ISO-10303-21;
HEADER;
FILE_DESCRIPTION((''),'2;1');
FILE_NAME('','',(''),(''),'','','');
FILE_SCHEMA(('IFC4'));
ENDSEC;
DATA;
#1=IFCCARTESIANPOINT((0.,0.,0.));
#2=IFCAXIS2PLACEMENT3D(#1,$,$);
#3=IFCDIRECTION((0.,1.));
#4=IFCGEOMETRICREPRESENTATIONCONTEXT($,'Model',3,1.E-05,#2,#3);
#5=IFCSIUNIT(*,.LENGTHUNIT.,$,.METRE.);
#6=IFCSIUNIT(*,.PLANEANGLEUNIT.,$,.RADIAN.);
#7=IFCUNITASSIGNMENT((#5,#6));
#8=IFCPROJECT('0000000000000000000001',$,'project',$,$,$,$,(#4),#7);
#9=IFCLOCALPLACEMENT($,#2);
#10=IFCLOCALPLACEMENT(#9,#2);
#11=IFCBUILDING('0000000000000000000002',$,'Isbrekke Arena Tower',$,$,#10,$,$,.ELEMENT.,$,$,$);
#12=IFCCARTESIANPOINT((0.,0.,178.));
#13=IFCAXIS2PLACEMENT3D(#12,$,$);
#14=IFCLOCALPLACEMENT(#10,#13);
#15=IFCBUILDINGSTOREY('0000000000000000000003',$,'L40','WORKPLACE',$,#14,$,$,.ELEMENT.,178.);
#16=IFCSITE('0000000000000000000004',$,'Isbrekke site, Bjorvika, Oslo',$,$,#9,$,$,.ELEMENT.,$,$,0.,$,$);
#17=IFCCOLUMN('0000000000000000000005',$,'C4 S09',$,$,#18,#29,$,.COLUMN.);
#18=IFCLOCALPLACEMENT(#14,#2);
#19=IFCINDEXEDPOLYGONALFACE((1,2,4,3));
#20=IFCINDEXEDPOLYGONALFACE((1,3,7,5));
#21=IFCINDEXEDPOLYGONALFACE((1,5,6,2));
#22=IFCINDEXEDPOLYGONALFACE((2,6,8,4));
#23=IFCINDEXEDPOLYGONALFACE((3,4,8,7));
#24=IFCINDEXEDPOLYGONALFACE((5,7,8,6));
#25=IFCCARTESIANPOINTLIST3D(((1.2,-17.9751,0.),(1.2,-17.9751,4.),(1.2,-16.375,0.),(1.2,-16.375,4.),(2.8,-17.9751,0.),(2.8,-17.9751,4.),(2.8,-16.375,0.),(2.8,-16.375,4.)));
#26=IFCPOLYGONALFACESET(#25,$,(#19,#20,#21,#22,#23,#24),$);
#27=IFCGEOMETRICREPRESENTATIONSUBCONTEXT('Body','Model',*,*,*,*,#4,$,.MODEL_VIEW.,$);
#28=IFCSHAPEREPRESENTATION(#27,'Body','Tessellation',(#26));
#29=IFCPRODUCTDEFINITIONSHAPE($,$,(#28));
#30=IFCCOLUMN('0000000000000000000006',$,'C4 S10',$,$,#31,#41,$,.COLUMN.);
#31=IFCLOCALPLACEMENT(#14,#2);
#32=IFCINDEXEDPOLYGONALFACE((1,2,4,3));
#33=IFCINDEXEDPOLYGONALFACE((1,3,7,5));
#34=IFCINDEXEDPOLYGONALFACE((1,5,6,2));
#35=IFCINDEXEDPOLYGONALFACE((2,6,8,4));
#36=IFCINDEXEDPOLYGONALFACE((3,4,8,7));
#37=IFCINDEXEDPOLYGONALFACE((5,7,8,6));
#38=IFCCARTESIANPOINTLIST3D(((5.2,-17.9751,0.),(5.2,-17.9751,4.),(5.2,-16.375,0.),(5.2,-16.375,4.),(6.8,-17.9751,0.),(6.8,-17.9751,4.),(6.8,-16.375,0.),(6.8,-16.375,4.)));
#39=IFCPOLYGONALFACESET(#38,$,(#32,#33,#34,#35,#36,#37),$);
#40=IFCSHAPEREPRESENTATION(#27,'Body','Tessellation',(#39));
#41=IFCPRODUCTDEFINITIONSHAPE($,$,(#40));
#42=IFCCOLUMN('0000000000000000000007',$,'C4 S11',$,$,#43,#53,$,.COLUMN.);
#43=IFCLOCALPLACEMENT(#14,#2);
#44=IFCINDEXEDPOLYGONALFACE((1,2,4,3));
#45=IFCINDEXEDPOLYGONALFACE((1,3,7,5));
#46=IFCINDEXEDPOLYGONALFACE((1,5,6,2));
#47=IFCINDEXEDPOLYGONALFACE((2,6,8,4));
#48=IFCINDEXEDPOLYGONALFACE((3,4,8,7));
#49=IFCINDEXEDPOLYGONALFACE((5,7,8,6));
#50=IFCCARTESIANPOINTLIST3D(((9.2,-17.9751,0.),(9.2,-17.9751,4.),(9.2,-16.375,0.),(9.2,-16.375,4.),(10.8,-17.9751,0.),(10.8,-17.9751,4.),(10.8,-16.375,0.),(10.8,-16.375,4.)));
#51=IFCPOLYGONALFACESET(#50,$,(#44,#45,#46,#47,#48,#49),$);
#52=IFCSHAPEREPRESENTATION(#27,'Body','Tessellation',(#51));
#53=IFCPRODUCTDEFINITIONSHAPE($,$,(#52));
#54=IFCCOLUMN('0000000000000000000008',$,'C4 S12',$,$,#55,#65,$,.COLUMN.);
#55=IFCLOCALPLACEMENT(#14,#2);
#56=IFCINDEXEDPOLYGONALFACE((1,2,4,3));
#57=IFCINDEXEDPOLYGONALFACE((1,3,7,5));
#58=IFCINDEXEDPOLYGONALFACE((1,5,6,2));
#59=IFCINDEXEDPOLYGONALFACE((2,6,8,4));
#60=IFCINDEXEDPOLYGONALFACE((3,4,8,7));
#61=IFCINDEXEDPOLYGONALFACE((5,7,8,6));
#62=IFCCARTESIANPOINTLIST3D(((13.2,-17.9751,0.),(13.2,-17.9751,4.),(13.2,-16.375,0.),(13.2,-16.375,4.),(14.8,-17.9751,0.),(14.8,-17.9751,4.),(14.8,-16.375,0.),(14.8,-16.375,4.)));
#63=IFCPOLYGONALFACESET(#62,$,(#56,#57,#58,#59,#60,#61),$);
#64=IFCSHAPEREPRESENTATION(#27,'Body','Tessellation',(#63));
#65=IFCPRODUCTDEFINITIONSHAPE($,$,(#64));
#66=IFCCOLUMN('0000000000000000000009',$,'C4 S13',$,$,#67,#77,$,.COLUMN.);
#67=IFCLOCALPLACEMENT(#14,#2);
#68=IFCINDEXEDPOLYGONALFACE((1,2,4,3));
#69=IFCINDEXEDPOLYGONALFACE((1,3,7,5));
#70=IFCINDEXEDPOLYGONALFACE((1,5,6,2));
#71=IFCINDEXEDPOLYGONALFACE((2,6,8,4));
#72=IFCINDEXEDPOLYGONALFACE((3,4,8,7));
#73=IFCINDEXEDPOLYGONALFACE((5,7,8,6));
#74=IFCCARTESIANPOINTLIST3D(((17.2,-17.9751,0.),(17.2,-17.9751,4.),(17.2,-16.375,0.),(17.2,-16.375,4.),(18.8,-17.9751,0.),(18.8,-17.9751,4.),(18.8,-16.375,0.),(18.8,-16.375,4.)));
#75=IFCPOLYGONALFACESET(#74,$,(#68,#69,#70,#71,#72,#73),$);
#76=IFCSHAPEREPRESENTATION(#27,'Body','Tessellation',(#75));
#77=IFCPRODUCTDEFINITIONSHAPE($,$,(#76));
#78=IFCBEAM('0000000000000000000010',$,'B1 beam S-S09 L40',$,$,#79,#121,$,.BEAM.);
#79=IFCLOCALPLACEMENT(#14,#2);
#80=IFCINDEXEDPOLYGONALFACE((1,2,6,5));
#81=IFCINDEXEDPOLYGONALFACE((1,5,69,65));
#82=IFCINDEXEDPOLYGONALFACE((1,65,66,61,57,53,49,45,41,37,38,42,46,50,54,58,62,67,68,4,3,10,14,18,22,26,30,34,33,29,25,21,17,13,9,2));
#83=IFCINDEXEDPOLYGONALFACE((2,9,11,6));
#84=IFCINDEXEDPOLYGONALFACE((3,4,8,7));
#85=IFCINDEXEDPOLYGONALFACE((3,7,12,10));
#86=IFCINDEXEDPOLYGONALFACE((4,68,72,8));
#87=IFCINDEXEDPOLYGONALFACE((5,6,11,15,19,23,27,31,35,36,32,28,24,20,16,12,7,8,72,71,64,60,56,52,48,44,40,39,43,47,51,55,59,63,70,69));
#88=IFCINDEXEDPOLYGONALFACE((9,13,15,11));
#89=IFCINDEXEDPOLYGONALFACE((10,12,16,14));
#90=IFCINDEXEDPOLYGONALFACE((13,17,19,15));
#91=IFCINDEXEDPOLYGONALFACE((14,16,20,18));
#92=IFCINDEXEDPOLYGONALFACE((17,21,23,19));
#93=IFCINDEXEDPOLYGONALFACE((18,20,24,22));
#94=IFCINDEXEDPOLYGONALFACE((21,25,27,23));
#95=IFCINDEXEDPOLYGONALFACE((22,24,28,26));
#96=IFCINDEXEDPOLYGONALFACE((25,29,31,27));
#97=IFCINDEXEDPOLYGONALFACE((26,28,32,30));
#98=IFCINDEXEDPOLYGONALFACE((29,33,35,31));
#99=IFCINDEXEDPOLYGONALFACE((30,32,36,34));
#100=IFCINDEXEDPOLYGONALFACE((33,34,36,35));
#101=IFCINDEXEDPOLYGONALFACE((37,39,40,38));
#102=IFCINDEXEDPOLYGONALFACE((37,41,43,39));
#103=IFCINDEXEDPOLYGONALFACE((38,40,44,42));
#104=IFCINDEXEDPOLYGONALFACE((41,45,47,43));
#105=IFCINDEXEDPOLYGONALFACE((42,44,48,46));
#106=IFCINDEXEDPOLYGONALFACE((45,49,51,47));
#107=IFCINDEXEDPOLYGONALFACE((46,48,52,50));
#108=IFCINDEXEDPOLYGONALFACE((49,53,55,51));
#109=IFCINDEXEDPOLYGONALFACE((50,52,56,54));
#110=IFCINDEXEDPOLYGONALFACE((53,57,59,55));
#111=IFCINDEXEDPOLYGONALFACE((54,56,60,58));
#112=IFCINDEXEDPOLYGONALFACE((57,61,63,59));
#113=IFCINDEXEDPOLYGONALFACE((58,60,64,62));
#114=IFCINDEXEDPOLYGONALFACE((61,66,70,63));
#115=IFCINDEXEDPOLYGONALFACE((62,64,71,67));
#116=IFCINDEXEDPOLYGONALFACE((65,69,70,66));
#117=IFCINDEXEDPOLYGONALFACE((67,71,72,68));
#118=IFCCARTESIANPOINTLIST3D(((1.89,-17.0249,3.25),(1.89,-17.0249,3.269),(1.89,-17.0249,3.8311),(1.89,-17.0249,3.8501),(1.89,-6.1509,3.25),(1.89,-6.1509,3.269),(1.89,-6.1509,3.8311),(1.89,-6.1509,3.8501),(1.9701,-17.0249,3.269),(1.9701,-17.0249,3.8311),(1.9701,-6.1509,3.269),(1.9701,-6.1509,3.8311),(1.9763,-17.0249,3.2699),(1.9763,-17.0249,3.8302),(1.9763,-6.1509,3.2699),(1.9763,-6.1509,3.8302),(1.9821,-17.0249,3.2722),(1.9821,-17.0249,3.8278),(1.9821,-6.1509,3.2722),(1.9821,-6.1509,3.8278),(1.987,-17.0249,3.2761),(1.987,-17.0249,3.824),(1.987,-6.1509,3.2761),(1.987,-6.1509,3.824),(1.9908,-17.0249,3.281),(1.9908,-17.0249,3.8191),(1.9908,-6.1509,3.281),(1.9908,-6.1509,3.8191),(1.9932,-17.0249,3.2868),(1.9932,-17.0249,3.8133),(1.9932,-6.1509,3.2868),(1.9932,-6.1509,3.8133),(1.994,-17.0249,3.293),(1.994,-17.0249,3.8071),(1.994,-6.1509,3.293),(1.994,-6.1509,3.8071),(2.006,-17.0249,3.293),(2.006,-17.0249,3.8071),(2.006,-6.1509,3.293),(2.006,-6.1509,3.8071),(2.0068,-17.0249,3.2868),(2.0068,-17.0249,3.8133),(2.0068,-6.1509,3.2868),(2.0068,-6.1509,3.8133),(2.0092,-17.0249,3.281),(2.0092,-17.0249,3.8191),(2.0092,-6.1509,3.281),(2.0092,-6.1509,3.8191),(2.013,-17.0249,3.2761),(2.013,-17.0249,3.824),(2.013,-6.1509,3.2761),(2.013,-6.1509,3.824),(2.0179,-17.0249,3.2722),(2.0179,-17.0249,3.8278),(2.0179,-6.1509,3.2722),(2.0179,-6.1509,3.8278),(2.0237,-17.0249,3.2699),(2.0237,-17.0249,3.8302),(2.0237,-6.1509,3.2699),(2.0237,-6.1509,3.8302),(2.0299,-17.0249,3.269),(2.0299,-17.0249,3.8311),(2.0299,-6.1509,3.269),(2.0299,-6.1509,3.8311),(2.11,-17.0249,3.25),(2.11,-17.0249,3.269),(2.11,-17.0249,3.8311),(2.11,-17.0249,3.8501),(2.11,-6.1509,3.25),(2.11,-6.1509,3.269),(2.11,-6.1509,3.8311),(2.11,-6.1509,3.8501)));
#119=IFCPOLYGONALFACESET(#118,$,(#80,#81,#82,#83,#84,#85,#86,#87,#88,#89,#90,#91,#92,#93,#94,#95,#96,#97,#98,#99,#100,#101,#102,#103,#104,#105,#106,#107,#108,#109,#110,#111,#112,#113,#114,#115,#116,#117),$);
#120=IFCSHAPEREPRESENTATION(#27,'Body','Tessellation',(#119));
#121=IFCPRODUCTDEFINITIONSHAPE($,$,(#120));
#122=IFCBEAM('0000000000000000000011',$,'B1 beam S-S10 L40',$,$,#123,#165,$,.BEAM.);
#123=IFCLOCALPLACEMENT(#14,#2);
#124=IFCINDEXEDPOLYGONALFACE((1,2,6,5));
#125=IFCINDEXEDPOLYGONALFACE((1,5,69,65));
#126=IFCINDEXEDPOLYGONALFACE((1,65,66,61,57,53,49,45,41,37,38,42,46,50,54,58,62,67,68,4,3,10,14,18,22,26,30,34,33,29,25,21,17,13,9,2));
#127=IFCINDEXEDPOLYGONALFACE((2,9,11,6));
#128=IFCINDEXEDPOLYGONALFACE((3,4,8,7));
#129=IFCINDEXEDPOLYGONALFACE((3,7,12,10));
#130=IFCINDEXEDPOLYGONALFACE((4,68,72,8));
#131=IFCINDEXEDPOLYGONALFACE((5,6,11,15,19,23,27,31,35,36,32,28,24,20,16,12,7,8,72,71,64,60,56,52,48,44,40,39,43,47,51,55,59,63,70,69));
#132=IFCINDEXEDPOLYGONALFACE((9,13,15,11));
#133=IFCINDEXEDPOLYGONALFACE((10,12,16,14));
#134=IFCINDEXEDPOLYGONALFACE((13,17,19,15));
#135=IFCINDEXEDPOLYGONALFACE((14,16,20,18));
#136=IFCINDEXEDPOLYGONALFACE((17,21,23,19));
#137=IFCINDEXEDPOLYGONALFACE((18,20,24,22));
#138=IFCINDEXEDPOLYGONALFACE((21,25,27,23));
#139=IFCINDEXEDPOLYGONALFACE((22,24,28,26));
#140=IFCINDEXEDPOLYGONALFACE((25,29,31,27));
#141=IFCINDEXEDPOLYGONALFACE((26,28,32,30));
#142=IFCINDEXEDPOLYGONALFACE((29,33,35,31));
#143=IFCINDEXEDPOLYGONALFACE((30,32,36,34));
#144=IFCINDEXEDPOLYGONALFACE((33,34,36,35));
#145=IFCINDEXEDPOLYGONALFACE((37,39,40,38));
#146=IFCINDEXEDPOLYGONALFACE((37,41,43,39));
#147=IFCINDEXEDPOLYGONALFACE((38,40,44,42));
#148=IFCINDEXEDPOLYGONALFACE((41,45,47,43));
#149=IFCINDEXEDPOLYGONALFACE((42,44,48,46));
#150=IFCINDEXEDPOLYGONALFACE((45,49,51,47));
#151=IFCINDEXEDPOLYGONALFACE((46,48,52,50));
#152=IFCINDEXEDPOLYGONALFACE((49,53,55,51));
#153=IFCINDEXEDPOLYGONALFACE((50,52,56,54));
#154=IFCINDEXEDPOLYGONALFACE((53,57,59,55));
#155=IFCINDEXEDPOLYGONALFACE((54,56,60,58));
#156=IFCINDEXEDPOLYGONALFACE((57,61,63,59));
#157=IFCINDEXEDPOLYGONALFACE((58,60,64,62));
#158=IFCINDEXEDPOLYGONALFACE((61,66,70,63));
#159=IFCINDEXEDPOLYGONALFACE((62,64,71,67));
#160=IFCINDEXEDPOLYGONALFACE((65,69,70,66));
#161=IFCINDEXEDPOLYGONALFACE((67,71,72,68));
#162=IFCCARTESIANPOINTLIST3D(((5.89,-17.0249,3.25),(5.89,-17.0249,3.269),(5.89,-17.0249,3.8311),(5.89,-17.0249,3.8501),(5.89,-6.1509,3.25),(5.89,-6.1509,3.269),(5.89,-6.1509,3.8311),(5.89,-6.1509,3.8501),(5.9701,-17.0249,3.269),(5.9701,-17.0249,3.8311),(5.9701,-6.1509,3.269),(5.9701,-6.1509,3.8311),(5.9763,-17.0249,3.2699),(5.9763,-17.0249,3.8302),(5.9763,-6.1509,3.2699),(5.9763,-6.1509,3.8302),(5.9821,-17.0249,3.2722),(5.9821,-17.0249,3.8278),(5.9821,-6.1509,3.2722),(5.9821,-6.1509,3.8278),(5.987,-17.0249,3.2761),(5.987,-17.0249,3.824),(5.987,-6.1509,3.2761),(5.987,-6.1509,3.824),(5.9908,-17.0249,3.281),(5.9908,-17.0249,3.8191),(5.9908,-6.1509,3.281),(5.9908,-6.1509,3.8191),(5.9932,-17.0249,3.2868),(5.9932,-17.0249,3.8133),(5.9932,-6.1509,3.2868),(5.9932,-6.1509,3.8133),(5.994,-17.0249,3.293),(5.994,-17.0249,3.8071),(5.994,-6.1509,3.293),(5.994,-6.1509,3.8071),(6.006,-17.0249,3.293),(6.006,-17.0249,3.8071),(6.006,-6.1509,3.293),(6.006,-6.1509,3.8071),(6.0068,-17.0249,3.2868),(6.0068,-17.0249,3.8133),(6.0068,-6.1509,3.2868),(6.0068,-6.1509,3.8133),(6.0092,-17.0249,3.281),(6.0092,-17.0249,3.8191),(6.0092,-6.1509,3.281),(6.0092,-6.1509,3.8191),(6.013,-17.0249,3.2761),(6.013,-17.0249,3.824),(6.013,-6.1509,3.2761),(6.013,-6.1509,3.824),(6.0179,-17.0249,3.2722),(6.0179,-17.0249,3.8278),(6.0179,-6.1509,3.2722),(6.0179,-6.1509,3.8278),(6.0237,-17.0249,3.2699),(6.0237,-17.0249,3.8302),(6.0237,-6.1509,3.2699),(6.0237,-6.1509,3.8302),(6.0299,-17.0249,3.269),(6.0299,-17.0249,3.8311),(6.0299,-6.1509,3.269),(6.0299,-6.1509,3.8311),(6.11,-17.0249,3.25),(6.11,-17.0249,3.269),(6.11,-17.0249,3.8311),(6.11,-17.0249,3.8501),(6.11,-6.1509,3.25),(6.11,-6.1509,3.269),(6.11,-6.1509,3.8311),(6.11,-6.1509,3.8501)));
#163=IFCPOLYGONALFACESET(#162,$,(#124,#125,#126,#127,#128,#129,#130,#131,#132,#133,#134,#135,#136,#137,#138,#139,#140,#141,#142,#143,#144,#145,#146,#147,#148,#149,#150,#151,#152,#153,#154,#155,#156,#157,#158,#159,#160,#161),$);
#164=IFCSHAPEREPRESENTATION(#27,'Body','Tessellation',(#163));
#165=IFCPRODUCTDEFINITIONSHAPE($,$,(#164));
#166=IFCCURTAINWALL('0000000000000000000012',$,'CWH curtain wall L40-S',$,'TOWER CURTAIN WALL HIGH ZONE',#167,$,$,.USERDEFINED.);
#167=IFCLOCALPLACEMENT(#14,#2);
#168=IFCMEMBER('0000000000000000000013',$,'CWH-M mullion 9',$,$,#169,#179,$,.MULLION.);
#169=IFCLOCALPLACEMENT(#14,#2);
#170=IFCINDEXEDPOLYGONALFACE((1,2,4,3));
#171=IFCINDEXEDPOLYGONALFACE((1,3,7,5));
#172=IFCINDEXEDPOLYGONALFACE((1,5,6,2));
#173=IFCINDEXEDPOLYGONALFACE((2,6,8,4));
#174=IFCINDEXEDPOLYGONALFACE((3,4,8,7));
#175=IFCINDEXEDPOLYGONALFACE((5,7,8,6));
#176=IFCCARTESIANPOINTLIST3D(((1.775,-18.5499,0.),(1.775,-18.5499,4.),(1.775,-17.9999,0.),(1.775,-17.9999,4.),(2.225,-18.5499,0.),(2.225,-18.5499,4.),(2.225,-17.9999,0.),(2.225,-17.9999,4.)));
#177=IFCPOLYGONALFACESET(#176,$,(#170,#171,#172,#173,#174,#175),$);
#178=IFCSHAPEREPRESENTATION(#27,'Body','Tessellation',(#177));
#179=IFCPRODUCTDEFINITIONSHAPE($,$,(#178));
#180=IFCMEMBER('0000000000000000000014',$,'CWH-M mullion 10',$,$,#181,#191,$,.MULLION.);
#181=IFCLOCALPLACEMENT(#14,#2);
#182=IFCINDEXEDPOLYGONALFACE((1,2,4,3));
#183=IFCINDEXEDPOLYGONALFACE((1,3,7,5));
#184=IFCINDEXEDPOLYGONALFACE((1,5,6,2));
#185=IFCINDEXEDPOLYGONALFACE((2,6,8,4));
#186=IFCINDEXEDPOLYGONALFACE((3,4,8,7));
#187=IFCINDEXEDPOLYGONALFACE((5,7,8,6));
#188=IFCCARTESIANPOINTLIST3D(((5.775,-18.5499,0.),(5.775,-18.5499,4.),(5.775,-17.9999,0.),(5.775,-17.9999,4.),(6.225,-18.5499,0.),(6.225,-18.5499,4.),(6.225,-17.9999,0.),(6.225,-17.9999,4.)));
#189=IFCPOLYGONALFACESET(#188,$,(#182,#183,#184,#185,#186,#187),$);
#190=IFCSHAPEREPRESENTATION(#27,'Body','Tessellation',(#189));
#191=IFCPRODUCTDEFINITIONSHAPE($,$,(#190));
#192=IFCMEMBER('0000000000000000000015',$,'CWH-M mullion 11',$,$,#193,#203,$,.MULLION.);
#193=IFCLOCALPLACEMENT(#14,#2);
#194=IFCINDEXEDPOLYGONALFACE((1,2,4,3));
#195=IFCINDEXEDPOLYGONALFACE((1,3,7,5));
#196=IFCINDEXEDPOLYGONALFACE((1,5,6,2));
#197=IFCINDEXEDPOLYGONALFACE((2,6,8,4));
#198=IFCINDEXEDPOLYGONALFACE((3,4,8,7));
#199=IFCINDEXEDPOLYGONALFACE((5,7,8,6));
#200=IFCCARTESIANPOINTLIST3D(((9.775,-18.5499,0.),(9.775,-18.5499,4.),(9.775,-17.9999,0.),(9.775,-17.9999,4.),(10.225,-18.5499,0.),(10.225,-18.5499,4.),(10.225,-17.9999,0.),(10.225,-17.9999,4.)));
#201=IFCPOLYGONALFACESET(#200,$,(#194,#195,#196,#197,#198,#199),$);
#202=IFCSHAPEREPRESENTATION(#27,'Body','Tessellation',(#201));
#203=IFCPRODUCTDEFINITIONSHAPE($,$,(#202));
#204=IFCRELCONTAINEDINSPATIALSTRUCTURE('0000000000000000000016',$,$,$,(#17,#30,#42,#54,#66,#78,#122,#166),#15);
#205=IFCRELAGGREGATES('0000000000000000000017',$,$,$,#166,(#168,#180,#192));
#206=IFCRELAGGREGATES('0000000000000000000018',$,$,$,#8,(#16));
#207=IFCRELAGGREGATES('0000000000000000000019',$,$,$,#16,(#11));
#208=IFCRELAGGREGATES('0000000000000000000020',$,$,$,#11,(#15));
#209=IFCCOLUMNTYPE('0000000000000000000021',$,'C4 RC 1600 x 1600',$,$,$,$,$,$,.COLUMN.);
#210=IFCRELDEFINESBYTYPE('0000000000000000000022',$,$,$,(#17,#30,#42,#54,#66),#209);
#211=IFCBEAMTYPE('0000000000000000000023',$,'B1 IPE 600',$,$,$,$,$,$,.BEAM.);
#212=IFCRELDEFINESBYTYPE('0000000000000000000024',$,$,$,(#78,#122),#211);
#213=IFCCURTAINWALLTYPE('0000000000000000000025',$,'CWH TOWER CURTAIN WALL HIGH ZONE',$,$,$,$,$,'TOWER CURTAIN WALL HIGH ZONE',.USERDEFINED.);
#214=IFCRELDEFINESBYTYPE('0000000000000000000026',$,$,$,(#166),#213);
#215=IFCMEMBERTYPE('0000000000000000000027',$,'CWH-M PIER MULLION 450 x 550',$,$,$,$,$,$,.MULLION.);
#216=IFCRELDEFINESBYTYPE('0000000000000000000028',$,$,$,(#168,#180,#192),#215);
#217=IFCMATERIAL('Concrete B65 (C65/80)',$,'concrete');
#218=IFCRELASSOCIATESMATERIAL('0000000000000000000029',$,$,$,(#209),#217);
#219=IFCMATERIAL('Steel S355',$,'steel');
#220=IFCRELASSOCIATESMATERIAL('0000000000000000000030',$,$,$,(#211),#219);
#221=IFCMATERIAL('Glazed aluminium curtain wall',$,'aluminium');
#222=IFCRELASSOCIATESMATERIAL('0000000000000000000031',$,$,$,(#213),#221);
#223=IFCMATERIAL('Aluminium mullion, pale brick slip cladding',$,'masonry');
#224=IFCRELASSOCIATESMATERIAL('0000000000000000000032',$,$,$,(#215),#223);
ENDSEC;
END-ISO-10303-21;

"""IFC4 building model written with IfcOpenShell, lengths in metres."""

from ifc_helpers import new_model, si_unit, direction, frame, origin, origin_2d, place, context, subcontext, project, spatial, rectangle, i_section, extrude, material, material_profile, profile_set, type_object, element, aggregate, save


model = new_model("IFC4")

# Units and contexts
model_context = context("Model", 3, precision=1e-05, world=origin(), true_north=direction((0.0, 1.0)))
body_context = subcontext(model_context, "Body", "Model", "MODEL_VIEW")
ifc_project = project(units=[si_unit("LENGTHUNIT", "METRE"), si_unit("PLANEANGLEUNIT", "RADIAN")], contexts=[model_context])

# Site, building, storey
site_placement = place(None, origin())
site = spatial("IfcSite", under=ifc_project, at=site_placement, Name="Isbrekke site, Bjorvika, Oslo", CompositionType="ELEMENT", RefElevation=0.0)
building_placement = place(site_placement, origin())
building = spatial("IfcBuilding", under=site, at=building_placement, Name="Isbrekke Arena Tower", CompositionType="ELEMENT")
storey_placement = place(building_placement, frame((0.0, 0.0, 178.0)))
storey = spatial("IfcBuildingStorey", under=building, at=storey_placement, Name="L40", Description="WORKPLACE", CompositionType="ELEMENT", Elevation=178.0)

# Columns
ifc_material_1 = material(Name="Concrete B65 (C65/80)", Category="concrete")
ifc_material_profile_1 = material_profile(ifc_material_1, rectangle(XDim=1.6001, YDim=1.6001, at=origin_2d()), Name="RC 1600x1600")
ifc_profile_set_1 = profile_set([ifc_material_profile_1], Name="Concrete B65 (C65/80)")
column_type = type_object("IfcColumnType", Name="C4 RC 1600 x 1600", PredefinedType="COLUMN", material=ifc_profile_set_1)
for number, where, z_axis, x_axis, name in (
    (1, (2.0, -17.175, 0.0), (0.0, 0.0, 1.0), (1.0, 0.0, 0.0), "C4 S09"),
    (2, (6.0, -17.175, 0.0), (0.0, 0.0, 1.0), (1.0, 0.0, 0.0), "C4 S10"),
    (3, (10.0, -17.175, 0.0), (0.0, 0.0, 1.0), (1.0, 0.0, 0.0), "C4 S11"),
    (4, (14.0, -17.175, 0.0), (0.0, 0.0, 1.0), (1.0, 0.0, 0.0), "C4 S12"),
    (5, (18.0, -17.175, 0.0), (0.0, 0.0, 1.0), (1.0, 0.0, 0.0), "C4 S13"),
):
    element("IfcColumn", number, at=place(storey_placement, frame(where, z_axis=z_axis, x_axis=x_axis)), inside=storey, type_object=column_type, Name=name, PredefinedType="COLUMN", context=body_context, shape_type="SweptSolid", body=[
        extrude(rectangle(XDim=1.6001, YDim=1.6001, at=origin_2d()), origin(), (0.0, 0.0, 1.0), 4.0),
    ])

# Beams
ifc_material_2 = material(Name="Steel S355", Category="steel")
ifc_material_profile_2 = material_profile(ifc_material_2, i_section(OverallWidth=0.22, OverallDepth=0.6001, WebThickness=0.012, FlangeThickness=0.019, FilletRadius=0.0239, at=origin_2d()), Name="IPE 600")
ifc_profile_set_2 = profile_set([ifc_material_profile_2], Name="Steel S355")
beam_type_1 = type_object("IfcBeamType", Name="B1 IPE 600", PredefinedType="BEAM", material=ifc_profile_set_2)
for number, where, z_axis, x_axis, name in (
    (6, (2.0, -17.0249, 3.55), (0.0, 1.0, 0.0), (-1.0, 0.0, 0.0), "B1 beam S-S09 L40"),
    (7, (6.0, -17.0249, 3.55), (0.0, 1.0, 0.0), (-1.0, 0.0, 0.0), "B1 beam S-S10 L40"),
):
    element("IfcBeam", number, at=place(storey_placement, frame(where, z_axis=z_axis, x_axis=x_axis)), inside=storey, type_object=beam_type_1, Name=name, PredefinedType="BEAM", context=body_context, shape_type="SweptSolid", body=[
        extrude(i_section(OverallWidth=0.22, OverallDepth=0.6001, WebThickness=0.012, FlangeThickness=0.019, FilletRadius=0.0239, at=origin_2d()), origin(), (0.0, 0.0, 1.0), 10.874),
    ])

# Curtain wall, members
ifc_material_3 = material(Name="Glazed aluminium curtain wall", Category="aluminium")
curtain_wall_type = type_object("IfcCurtainWallType", Name="CWH TOWER CURTAIN WALL HIGH ZONE", ElementType="TOWER CURTAIN WALL HIGH ZONE", PredefinedType="USERDEFINED", material=ifc_material_3)
curtain_wall_placement = place(storey_placement, origin())
curtain_wall = element("IfcCurtainWall", 8, at=curtain_wall_placement, inside=storey, type_object=curtain_wall_type, Name="CWH curtain wall L40-S", ObjectType="TOWER CURTAIN WALL HIGH ZONE", PredefinedType="USERDEFINED")
ifc_material_4 = material(Name="Aluminium mullion, pale brick slip cladding", Category="masonry")
ifc_material_profile_3 = material_profile(ifc_material_4, rectangle(XDim=0.45, YDim=0.55, at=origin_2d()), Name="PIER 450X550")
ifc_profile_set_3 = profile_set([ifc_material_profile_3], Name="Aluminium mullion, pale brick slip cladding")
member_type_1 = type_object("IfcMemberType", Name="CWH-M PIER MULLION 450 x 550", PredefinedType="MULLION", material=ifc_profile_set_3)
member_1_placement = place(storey_placement, frame((2.0, -18.2749, 0.0), z_axis=(0.0, 0.0, 1.0), x_axis=(1.0, 0.0, 0.0)))
member_1 = element("IfcMember", 9, at=member_1_placement, type_object=member_type_1, Name="CWH-M mullion 9", PredefinedType="MULLION", context=body_context, shape_type="SweptSolid", body=[
    extrude(rectangle(XDim=0.45, YDim=0.55, at=origin_2d()), origin(), (0.0, 0.0, 1.0), 4.0),
])
member_2_placement = place(storey_placement, frame((6.0, -18.2749, 0.0), z_axis=(0.0, 0.0, 1.0), x_axis=(1.0, 0.0, 0.0)))
member_2 = element("IfcMember", 10, at=member_2_placement, type_object=member_type_1, Name="CWH-M mullion 10", PredefinedType="MULLION", context=body_context, shape_type="SweptSolid", body=[
    extrude(rectangle(XDim=0.45, YDim=0.55, at=origin_2d()), origin(), (0.0, 0.0, 1.0), 4.0),
])
member_3_placement = place(storey_placement, frame((10.0, -18.2749, 0.0), z_axis=(0.0, 0.0, 1.0), x_axis=(1.0, 0.0, 0.0)))
member_3 = element("IfcMember", 11, at=member_3_placement, type_object=member_type_1, Name="CWH-M mullion 11", PredefinedType="MULLION", context=body_context, shape_type="SweptSolid", body=[
    extrude(rectangle(XDim=0.45, YDim=0.55, at=origin_2d()), origin(), (0.0, 0.0, 1.0), 4.0),
])

aggregate(curtain_wall, [member_1, member_2, member_3])

save(model, "model.ifc")
